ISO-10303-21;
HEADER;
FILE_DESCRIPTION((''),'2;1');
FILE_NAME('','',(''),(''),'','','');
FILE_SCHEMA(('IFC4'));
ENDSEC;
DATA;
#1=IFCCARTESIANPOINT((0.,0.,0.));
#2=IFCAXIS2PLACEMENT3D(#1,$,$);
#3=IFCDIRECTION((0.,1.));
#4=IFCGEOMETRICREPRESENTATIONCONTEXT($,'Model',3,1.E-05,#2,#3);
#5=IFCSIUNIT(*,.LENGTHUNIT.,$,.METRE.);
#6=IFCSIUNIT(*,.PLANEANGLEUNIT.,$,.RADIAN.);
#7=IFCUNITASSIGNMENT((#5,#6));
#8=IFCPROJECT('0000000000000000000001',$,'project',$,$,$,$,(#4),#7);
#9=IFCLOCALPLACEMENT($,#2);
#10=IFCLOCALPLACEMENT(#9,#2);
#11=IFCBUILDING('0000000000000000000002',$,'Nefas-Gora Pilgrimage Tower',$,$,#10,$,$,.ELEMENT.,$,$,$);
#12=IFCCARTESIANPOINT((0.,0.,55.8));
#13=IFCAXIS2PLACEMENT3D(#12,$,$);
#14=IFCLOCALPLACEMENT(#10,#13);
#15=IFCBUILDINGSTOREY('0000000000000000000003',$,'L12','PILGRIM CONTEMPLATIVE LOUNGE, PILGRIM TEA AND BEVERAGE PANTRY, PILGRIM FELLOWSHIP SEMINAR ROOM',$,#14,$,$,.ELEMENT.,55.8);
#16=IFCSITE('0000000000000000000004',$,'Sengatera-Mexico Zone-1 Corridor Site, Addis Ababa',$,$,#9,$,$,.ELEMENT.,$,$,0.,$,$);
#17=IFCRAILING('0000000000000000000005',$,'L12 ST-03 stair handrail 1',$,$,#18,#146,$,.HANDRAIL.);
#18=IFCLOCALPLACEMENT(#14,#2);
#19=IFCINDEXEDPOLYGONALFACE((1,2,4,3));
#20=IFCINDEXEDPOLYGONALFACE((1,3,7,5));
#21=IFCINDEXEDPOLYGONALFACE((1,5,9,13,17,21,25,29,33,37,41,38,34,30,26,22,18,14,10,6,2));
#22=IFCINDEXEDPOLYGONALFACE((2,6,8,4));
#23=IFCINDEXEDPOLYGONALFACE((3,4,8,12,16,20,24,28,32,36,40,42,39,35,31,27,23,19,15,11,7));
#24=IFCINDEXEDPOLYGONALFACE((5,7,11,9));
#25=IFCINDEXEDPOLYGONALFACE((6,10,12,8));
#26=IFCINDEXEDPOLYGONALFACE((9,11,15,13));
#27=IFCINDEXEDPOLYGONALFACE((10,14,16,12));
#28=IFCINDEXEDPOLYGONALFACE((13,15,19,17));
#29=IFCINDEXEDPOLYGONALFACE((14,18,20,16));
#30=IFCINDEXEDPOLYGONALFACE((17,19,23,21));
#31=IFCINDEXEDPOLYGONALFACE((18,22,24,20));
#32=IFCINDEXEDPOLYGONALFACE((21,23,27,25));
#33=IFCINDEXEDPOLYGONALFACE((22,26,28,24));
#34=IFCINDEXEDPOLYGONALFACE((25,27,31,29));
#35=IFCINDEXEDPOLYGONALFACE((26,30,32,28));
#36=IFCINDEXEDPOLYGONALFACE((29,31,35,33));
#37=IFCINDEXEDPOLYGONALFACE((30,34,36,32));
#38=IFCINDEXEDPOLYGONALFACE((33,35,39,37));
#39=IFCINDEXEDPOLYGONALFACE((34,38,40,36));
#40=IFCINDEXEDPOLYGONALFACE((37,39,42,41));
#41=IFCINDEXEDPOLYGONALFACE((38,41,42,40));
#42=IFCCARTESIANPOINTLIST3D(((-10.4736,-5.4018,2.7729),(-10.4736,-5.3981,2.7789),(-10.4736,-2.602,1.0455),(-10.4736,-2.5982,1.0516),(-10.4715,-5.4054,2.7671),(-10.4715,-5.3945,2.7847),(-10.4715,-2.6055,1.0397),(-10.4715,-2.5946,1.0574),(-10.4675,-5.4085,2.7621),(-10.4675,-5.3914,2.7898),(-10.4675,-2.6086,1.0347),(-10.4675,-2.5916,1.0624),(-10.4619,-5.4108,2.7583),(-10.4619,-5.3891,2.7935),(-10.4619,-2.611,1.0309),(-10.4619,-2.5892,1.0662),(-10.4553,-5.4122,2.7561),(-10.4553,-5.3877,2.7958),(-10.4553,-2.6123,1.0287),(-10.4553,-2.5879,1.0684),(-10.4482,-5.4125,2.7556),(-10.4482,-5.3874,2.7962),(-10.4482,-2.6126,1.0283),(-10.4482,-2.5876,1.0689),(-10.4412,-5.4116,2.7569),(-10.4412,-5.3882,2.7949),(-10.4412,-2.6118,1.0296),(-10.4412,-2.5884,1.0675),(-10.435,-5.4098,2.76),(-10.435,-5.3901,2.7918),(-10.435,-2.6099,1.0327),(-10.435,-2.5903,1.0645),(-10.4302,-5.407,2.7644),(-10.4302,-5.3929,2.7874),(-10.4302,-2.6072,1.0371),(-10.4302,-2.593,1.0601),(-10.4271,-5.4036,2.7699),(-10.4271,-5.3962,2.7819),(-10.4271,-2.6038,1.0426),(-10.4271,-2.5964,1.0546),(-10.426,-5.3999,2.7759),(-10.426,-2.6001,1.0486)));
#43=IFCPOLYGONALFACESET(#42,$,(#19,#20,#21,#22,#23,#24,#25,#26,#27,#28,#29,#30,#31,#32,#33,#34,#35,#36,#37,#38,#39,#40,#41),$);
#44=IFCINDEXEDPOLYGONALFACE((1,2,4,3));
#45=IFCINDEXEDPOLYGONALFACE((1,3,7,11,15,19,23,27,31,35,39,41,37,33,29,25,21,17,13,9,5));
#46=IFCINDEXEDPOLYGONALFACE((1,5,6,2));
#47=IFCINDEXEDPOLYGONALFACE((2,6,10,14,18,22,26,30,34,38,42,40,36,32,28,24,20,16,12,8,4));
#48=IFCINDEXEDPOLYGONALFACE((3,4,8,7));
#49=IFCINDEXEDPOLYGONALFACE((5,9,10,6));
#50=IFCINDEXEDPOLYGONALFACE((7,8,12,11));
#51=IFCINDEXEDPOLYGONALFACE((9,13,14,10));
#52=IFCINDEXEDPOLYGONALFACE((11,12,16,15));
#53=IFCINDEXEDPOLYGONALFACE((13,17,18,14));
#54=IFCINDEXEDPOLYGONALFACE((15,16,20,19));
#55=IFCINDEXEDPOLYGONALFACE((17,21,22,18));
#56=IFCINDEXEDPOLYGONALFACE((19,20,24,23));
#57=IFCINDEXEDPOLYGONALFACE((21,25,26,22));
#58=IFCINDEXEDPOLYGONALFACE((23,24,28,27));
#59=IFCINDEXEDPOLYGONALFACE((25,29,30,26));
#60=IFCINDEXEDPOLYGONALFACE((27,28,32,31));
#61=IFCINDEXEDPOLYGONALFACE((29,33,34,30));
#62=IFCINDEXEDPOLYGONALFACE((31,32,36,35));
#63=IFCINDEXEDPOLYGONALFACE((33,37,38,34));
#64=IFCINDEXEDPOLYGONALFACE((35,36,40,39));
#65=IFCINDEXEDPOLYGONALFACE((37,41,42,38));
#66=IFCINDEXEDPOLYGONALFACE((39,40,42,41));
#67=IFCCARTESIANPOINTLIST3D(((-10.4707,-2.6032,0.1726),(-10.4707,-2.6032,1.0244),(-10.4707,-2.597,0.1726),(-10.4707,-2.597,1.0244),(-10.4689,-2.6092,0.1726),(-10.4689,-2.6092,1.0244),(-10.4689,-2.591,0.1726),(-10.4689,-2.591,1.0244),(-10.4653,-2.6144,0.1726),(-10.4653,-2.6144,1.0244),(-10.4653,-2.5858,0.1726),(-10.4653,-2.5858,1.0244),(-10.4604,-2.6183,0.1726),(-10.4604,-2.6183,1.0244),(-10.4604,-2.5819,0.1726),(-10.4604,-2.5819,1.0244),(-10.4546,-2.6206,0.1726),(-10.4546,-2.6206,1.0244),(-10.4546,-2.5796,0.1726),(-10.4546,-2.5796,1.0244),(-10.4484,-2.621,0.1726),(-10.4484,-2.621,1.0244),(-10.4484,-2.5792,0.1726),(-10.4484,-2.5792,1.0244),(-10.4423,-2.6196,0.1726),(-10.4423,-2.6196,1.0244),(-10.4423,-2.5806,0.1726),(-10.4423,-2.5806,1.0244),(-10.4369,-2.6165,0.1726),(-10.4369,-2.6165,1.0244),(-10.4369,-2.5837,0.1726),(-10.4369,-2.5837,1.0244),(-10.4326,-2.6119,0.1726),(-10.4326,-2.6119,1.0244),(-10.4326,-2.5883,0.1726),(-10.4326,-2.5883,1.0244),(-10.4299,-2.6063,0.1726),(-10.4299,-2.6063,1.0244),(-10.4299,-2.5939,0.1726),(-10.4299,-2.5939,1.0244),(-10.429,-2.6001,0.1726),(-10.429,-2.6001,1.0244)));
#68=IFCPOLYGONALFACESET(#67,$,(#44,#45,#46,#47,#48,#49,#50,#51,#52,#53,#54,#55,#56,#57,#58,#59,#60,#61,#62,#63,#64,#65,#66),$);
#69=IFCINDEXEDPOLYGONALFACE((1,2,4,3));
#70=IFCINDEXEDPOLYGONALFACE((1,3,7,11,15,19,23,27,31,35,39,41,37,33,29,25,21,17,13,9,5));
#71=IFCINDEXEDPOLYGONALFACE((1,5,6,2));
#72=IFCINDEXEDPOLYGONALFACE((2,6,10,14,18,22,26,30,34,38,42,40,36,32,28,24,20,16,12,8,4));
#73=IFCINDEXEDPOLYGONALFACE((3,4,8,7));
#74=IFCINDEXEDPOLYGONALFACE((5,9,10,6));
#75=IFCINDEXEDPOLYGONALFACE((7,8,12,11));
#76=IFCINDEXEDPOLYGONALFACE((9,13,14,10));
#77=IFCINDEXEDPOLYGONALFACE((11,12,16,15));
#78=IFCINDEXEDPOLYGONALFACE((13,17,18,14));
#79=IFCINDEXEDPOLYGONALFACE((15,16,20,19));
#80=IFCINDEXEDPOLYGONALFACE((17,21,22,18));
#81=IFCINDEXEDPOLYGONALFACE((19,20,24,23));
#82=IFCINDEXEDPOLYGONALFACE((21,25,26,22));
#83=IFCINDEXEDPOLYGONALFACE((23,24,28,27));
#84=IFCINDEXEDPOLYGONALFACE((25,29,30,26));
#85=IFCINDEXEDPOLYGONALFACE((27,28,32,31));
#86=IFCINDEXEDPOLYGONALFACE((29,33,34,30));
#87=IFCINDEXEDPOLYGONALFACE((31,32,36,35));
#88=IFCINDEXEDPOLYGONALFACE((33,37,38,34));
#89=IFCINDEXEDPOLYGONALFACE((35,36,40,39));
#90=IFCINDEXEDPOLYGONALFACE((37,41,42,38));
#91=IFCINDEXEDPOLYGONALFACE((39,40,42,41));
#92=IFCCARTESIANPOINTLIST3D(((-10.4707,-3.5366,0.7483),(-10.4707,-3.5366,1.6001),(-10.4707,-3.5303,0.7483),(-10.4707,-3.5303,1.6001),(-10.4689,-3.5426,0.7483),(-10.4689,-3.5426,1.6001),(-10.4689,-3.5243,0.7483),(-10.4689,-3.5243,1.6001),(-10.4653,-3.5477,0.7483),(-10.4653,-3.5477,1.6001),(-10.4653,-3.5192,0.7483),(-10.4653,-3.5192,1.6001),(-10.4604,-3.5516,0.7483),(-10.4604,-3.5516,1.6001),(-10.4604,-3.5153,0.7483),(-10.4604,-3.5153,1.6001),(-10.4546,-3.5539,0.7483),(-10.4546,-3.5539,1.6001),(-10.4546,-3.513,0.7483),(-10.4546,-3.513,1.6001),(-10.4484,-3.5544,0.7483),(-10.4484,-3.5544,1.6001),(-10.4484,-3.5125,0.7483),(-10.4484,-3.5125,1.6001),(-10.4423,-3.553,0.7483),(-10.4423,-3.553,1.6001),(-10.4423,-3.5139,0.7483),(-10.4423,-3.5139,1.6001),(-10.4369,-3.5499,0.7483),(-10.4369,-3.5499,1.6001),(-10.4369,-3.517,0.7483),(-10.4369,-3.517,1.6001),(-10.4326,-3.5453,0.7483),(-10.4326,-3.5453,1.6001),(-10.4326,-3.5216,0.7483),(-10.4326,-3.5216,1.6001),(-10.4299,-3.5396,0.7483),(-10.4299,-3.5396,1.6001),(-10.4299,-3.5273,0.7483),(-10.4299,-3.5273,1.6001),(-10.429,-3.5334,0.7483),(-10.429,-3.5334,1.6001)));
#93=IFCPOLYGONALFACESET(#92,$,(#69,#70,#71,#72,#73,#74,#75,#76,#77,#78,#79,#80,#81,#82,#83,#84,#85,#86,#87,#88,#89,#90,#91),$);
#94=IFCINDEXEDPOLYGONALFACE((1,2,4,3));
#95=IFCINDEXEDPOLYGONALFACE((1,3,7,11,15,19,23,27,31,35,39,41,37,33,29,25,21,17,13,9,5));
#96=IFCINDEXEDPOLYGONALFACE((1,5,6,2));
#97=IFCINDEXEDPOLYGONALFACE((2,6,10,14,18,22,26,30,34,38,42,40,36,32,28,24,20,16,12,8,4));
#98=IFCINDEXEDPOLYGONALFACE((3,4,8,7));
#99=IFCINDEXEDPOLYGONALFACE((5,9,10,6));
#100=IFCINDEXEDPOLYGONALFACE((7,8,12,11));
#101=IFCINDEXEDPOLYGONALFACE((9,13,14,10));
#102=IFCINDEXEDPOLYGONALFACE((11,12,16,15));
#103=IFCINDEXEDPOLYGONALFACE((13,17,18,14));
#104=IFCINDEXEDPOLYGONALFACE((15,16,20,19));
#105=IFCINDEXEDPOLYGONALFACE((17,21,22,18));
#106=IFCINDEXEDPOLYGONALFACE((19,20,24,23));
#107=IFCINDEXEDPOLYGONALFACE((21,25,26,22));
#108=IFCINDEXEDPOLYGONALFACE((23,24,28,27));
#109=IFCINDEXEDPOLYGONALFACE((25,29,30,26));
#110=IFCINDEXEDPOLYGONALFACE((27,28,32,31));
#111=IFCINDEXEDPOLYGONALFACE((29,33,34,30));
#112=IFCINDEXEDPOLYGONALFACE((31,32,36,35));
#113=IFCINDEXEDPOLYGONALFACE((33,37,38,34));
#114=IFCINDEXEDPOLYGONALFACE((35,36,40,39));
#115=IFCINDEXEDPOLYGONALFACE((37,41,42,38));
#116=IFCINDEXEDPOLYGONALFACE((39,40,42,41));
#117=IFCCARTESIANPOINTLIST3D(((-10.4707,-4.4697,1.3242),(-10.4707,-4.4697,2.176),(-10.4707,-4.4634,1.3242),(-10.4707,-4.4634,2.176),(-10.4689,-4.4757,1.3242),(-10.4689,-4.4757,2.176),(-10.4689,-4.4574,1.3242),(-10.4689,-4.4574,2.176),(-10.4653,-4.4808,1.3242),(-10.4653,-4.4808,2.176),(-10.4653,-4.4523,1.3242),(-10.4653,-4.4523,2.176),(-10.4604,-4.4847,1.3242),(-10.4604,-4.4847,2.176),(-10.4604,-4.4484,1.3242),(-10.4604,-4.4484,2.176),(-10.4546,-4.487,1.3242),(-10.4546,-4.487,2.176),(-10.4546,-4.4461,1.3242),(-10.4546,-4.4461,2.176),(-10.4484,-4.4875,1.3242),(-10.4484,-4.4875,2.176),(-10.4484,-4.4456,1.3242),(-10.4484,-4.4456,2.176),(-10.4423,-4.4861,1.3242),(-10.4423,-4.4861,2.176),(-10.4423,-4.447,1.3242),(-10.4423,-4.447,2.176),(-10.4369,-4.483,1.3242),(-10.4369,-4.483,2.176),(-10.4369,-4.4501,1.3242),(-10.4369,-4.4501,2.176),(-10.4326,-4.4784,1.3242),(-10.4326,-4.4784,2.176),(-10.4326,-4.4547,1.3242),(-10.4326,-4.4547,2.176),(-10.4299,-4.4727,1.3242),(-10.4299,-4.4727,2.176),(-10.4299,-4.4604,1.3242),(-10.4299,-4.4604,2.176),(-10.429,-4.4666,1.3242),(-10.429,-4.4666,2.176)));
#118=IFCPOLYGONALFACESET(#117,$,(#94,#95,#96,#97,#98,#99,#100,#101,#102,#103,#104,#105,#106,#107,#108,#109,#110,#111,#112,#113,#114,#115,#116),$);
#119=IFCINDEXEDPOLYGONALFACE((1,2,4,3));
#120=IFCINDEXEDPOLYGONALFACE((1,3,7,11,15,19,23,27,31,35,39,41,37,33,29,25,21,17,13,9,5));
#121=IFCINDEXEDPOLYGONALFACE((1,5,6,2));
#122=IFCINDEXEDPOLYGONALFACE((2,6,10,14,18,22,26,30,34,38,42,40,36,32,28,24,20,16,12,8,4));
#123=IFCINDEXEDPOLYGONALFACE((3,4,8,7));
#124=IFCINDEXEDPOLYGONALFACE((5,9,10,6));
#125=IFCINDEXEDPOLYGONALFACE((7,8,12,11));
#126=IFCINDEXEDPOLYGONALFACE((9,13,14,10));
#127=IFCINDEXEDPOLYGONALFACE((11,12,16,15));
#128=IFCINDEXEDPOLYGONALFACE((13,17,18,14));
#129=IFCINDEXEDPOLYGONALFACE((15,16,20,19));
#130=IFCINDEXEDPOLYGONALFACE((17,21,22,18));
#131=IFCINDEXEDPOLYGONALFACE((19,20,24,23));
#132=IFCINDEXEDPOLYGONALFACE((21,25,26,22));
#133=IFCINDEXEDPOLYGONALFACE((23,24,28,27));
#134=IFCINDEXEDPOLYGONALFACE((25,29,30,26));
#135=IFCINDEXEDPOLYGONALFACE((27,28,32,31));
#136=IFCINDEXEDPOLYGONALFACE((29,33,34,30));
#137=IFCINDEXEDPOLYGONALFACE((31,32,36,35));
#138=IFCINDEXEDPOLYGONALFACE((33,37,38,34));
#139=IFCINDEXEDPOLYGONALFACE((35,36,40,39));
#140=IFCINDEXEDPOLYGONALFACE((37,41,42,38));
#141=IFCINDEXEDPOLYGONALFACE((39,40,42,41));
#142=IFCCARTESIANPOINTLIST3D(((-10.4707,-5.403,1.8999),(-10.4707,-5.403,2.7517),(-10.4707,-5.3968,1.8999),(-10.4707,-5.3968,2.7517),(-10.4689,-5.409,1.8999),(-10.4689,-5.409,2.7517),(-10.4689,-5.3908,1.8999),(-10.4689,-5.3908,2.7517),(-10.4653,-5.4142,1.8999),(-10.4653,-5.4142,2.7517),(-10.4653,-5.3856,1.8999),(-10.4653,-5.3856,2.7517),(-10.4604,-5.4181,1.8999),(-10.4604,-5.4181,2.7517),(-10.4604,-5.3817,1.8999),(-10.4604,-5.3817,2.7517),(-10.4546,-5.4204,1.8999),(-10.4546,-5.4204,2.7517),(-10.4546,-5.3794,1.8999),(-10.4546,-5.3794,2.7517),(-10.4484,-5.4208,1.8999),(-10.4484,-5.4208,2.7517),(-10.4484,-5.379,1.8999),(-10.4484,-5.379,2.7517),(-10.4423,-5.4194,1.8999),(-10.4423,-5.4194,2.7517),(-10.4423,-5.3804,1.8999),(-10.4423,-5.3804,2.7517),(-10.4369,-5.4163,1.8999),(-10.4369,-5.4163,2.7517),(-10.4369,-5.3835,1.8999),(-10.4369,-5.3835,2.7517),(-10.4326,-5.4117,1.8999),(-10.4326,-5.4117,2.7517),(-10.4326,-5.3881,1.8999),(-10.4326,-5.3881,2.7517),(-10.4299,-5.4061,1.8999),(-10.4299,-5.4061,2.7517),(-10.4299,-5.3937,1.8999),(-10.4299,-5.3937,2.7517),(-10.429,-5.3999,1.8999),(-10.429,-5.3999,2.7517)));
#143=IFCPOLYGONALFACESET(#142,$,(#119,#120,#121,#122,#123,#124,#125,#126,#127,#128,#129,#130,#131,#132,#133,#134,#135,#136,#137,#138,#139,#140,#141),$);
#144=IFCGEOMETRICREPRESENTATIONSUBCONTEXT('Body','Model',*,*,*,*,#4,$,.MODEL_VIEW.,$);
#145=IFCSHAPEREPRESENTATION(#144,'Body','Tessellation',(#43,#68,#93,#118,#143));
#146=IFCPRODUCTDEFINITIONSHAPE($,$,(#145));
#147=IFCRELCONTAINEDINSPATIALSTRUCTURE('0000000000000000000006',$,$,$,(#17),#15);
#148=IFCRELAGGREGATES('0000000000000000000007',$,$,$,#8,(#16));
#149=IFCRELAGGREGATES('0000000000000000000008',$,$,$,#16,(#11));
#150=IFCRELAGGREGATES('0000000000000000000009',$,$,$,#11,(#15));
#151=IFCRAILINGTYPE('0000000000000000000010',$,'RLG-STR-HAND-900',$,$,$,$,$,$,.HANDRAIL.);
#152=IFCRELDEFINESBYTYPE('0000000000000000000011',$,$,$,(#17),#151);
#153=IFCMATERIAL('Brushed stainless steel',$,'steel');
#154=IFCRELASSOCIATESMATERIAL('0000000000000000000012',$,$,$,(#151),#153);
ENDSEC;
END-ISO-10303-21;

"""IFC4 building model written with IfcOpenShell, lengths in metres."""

from ifc_helpers import new_model, si_unit, direction, frame, origin, origin_2d, place, context, subcontext, project, spatial, circle, extrude, material, type_object, element, save


model = new_model("IFC4")

# Units and contexts
model_context = context("Model", 3, precision=1e-05, world=origin(), true_north=direction((0.0, 1.0)))
body_context = subcontext(model_context, "Body", "Model", "MODEL_VIEW")
ifc_project = project(units=[si_unit("LENGTHUNIT", "METRE"), si_unit("PLANEANGLEUNIT", "RADIAN")], contexts=[model_context])

# Site, building, storey
site_placement = place(None, origin())
site = spatial("IfcSite", under=ifc_project, at=site_placement, Name="Sengatera-Mexico Zone-1 Corridor Site, Addis Ababa", CompositionType="ELEMENT", RefElevation=0.0)
building_placement = place(site_placement, origin())
building = spatial("IfcBuilding", under=site, at=building_placement, Name="Nefas-Gora Pilgrimage Tower", CompositionType="ELEMENT")
storey_placement = place(building_placement, frame((0.0, 0.0, 55.8)))
storey = spatial("IfcBuildingStorey", under=building, at=storey_placement, Name="L12", Description="PILGRIM CONTEMPLATIVE LOUNGE, PILGRIM TEA AND BEVERAGE PANTRY, PILGRIM FELLOWSHIP SEMINAR ROOM", CompositionType="ELEMENT", Elevation=55.8)

# Railing
ifc_material_1 = material(Name="Brushed stainless steel", Category="steel")
railing_type_1 = type_object("IfcRailingType", Name="RLG-STR-HAND-900", PredefinedType="HANDRAIL", material=ifc_material_1)
railing_1_placement = place(storey_placement, frame((-10.45, -2.6001, 0.1726)))
element("IfcRailing", 1, at=railing_1_placement, inside=storey, type_object=railing_type_1, Name="L12 ST-03 stair handrail 1", PredefinedType="HANDRAIL", context=body_context, shape_type="SweptSolid", body=[
    extrude(circle(Radius=0.0239, at=origin_2d()), frame((0.0, 0.0, 0.876), z_axis=(0.0, -0.851069, 0.525054), x_axis=(1.0, 0.0, 0.0)), (0.0, 0.0, 1.0), 3.2898),
    extrude(circle(Radius=0.021, at=origin_2d()), origin(), (0.0, 0.0, 1.0), 0.8518),
    extrude(circle(Radius=0.021, at=origin_2d()), frame((0.0, -0.9333, 0.5757)), (0.0, 0.0, 1.0), 0.8518),
    extrude(circle(Radius=0.021, at=origin_2d()), frame((0.0, -1.8665, 1.1516)), (0.0, 0.0, 1.0), 0.8518),
    extrude(circle(Radius=0.021, at=origin_2d()), frame((0.0, -2.7998, 1.7273)), (0.0, 0.0, 1.0), 0.8518),
])

save(model, "model.ifc")
